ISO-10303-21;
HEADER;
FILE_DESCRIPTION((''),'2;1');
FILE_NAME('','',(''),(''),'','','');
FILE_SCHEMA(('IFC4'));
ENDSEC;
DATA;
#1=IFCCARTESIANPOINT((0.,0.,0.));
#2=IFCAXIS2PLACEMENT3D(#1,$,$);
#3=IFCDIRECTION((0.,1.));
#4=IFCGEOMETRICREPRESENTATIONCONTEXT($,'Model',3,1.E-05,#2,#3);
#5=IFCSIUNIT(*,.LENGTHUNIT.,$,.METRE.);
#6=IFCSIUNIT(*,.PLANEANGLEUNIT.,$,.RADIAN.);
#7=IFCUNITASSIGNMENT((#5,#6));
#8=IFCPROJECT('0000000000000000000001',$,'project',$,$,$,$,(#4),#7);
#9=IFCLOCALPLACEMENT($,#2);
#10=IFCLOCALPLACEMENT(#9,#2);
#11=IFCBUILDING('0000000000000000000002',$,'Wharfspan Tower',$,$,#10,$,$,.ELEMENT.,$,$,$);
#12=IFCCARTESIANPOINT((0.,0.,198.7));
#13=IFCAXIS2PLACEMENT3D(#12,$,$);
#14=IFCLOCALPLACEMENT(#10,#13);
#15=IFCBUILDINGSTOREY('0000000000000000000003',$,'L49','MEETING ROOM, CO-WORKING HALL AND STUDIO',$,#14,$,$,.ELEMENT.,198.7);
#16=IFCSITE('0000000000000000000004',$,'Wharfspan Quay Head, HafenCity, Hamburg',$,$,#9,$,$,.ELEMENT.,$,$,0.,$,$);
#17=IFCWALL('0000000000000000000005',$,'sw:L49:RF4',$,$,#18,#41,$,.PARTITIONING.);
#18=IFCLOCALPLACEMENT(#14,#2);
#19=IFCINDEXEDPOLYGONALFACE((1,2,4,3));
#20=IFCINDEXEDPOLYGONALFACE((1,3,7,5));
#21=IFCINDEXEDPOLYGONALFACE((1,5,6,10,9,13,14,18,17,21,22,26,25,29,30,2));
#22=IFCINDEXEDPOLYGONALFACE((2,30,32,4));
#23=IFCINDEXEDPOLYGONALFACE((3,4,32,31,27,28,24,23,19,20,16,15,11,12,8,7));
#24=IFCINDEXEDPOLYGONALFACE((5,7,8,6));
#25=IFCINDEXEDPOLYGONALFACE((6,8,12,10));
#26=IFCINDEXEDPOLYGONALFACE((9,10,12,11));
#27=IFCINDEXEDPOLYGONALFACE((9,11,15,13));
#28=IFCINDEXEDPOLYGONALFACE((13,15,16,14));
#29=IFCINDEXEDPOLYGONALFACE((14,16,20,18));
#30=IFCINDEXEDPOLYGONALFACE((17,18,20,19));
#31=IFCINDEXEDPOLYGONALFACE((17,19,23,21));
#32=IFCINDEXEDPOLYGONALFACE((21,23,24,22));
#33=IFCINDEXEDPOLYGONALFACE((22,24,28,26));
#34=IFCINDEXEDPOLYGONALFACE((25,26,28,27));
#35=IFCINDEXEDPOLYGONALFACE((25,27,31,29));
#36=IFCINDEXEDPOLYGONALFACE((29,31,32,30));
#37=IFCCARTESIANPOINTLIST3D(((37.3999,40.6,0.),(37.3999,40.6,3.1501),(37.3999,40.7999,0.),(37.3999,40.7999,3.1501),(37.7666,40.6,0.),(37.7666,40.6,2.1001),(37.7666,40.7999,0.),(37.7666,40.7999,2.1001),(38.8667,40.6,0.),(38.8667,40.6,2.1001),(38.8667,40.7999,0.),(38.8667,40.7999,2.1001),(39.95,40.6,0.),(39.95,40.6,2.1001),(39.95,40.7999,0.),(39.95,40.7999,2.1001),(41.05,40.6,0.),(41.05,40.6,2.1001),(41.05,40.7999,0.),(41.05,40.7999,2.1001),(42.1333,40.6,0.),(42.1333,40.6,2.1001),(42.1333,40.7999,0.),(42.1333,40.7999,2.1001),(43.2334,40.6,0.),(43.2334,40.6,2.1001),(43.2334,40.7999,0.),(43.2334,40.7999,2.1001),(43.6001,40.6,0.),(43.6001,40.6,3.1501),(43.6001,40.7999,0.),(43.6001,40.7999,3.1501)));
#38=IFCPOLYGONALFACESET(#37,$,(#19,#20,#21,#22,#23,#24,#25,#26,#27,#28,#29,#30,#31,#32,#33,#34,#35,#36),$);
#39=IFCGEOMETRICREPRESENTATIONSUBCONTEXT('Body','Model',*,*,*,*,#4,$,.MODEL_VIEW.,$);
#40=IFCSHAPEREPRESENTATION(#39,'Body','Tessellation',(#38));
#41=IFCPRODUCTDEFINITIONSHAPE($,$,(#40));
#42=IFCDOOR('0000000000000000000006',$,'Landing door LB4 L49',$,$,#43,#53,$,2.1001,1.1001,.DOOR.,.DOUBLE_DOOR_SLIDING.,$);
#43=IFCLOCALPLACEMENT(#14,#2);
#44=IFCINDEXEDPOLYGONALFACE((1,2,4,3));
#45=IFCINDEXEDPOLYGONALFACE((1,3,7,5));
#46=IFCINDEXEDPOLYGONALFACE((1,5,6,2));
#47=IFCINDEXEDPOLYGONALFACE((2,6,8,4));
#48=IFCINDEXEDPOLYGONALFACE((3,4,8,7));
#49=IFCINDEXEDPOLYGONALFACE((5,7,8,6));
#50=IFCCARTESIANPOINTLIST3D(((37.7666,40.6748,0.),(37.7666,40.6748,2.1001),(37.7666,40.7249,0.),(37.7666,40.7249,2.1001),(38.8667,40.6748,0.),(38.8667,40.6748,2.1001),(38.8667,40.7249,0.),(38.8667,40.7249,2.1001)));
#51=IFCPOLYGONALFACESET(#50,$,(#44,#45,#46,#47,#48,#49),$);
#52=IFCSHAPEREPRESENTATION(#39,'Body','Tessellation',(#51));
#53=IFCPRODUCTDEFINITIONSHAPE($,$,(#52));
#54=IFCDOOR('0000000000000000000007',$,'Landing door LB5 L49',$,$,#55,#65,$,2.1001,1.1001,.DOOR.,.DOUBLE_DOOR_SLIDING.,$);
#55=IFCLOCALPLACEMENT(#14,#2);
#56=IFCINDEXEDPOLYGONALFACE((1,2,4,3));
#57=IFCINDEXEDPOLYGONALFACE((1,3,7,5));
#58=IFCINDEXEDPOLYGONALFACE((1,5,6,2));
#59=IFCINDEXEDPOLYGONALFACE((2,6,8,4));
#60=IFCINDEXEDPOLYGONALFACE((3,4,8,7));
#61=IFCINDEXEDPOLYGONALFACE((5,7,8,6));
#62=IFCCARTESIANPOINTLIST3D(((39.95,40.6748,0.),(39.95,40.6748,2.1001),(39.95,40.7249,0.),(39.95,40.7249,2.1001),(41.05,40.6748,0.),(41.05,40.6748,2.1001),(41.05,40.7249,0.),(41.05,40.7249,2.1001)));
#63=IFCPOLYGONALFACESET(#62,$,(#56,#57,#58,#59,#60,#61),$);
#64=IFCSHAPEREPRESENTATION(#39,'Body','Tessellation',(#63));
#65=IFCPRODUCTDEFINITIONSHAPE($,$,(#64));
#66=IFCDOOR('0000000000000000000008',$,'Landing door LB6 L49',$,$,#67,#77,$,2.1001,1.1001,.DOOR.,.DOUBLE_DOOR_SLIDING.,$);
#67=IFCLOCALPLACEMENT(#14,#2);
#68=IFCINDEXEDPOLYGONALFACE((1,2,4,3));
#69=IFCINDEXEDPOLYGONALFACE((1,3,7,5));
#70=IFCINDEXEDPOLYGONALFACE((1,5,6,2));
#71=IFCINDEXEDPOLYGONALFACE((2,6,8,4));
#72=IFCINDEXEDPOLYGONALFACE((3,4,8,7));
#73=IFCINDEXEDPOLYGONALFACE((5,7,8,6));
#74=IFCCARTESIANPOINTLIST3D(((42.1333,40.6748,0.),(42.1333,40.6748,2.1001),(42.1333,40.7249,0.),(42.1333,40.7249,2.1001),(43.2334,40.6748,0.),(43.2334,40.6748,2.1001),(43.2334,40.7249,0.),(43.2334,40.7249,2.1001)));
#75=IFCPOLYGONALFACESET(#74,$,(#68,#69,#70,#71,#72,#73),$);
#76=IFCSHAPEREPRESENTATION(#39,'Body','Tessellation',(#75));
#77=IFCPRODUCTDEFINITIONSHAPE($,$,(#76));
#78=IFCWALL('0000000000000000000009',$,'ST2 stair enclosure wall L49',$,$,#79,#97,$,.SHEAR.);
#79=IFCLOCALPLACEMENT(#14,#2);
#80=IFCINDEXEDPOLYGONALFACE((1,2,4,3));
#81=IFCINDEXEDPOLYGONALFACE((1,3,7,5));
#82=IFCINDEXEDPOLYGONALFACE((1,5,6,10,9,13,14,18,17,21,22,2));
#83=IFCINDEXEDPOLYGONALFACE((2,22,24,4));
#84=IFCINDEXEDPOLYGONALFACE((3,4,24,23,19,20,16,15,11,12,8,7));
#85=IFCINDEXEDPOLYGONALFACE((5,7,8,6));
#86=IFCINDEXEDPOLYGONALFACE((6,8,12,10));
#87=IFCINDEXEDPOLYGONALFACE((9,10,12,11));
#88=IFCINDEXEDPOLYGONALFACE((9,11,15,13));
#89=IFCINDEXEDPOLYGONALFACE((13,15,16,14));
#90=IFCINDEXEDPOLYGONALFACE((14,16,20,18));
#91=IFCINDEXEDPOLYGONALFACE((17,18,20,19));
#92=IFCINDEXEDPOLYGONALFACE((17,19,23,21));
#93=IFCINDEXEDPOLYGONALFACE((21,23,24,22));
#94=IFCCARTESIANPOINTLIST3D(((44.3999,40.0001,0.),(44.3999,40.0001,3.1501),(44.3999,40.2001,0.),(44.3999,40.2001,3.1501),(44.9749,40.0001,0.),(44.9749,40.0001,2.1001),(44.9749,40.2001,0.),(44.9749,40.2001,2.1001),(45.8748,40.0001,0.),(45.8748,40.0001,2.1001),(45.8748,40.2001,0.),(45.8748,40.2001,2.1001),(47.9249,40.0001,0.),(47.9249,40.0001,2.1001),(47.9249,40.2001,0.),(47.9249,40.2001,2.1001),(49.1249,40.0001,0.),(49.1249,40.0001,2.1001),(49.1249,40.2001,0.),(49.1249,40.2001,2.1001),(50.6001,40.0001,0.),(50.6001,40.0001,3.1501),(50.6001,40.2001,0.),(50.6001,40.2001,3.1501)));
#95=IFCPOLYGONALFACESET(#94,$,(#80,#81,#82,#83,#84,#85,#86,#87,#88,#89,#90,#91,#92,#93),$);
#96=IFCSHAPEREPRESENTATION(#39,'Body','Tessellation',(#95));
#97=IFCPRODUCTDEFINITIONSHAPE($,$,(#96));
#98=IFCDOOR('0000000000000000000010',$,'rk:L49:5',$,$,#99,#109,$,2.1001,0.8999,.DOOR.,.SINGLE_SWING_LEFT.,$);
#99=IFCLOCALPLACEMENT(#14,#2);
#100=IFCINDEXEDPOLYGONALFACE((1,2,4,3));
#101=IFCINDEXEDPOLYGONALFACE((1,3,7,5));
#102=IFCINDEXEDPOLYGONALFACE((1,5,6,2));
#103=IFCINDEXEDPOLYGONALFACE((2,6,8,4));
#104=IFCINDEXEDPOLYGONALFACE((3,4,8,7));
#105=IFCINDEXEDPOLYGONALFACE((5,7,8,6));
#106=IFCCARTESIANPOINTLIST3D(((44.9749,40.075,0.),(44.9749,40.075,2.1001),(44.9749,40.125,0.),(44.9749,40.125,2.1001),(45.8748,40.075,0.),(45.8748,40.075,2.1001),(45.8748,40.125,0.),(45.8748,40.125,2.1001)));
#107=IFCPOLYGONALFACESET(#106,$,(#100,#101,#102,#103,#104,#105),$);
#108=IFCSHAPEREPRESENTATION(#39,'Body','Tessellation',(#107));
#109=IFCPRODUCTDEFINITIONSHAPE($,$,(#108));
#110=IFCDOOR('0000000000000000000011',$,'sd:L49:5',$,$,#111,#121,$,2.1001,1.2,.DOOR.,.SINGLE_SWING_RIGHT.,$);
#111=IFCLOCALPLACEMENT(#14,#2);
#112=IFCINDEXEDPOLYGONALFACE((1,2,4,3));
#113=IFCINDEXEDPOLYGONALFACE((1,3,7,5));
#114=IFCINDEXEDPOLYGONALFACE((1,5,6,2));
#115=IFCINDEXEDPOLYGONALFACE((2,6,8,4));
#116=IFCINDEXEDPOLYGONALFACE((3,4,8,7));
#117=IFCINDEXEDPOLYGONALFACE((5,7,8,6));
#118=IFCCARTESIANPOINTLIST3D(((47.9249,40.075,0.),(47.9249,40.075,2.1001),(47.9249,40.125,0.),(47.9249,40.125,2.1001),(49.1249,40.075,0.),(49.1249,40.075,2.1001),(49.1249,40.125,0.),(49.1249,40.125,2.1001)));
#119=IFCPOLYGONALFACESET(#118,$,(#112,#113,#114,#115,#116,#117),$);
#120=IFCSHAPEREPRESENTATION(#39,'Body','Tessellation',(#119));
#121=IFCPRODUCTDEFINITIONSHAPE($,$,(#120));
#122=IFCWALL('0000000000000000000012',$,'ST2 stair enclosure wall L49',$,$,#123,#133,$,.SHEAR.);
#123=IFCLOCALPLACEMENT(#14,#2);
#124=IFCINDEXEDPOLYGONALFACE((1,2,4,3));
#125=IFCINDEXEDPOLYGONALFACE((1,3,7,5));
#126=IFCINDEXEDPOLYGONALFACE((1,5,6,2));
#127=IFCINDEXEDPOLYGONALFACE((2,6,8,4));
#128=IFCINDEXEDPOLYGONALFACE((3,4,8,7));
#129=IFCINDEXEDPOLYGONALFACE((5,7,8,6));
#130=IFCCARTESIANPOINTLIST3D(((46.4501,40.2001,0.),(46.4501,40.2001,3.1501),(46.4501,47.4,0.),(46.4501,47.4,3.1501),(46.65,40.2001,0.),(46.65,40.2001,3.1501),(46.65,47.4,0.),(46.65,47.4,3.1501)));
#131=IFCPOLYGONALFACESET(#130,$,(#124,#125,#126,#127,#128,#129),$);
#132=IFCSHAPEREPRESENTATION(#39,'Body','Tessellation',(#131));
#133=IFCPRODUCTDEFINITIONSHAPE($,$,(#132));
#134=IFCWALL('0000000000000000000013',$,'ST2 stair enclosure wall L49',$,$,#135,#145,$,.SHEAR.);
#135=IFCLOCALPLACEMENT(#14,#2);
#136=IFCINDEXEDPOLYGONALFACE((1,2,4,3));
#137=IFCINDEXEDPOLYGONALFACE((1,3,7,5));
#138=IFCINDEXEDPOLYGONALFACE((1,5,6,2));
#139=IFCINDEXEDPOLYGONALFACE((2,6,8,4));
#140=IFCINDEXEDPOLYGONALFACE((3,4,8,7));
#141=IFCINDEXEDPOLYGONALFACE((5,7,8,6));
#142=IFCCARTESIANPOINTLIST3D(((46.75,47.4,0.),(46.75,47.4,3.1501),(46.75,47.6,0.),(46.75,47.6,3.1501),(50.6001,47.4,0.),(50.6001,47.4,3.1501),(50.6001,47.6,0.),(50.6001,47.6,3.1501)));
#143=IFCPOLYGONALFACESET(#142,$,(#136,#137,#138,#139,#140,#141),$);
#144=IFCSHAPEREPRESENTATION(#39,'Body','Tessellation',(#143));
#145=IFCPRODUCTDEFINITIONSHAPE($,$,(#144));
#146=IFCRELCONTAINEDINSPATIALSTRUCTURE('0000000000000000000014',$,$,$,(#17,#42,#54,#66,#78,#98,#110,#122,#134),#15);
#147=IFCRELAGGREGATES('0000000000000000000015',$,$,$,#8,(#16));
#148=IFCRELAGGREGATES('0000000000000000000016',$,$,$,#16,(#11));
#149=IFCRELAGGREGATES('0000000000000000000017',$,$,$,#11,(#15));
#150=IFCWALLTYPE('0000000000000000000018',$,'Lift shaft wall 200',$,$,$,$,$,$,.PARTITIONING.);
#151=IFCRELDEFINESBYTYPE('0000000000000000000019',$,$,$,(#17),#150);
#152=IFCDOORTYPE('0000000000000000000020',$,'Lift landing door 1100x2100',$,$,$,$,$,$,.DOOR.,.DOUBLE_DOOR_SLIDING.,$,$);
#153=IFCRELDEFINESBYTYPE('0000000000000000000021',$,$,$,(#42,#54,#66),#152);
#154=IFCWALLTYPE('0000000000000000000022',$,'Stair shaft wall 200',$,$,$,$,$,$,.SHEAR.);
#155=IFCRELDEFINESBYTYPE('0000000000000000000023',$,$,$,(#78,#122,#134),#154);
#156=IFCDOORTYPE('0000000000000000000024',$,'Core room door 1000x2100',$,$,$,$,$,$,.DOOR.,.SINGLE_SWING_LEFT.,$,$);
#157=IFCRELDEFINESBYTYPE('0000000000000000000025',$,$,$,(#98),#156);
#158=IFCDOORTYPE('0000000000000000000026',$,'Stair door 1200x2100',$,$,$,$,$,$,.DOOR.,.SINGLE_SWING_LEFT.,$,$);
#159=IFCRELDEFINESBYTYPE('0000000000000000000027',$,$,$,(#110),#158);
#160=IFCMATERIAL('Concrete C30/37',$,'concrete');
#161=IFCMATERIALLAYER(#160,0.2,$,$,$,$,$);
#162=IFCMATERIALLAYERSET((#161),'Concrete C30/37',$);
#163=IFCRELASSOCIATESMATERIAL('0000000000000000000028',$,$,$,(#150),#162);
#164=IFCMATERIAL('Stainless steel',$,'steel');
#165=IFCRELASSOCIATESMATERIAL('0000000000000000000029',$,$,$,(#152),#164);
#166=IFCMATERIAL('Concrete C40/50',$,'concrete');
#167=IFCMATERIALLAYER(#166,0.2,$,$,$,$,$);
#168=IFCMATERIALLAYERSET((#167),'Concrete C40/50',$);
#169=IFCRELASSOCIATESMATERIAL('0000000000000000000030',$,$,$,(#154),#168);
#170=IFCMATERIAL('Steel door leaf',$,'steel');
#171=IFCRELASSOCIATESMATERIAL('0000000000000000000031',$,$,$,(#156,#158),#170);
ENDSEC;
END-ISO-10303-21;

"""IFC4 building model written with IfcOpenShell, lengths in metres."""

from ifc_helpers import new_model, si_unit, direction, frame, frame_2d, origin, place, context, subcontext, project, spatial, rectangle, extrude, material, layer, layer_set, type_object, element, fill, save


model = new_model("IFC4")

# Units and contexts
model_context = context("Model", 3, precision=1e-05, world=origin(), true_north=direction((0.0, 1.0)))
body_context = subcontext(model_context, "Body", "Model", "MODEL_VIEW")
ifc_project = project(units=[si_unit("LENGTHUNIT", "METRE"), si_unit("PLANEANGLEUNIT", "RADIAN")], contexts=[model_context])

# Site, building, storey
site_placement = place(None, origin())
site = spatial("IfcSite", under=ifc_project, at=site_placement, Name="Wharfspan Quay Head, HafenCity, Hamburg", CompositionType="ELEMENT", RefElevation=0.0)
building_placement = place(site_placement, origin())
building = spatial("IfcBuilding", under=site, at=building_placement, Name="Wharfspan Tower", CompositionType="ELEMENT")
storey_placement = place(building_placement, frame((0.0, 0.0, 198.7)))
storey = spatial("IfcBuildingStorey", under=building, at=storey_placement, Name="L49", Description="MEETING ROOM, CO-WORKING HALL AND STUDIO", CompositionType="ELEMENT", Elevation=198.7)

# Walls, openings, doors
ifc_material_1 = material(Name="Concrete C30/37", Category="concrete")
ifc_layer_1 = layer(ifc_material_1, 0.2)
ifc_layer_set_1 = layer_set([ifc_layer_1], Name="Concrete C30/37")
wall_type_1 = type_object("IfcWallType", Name="Lift shaft wall 200", PredefinedType="PARTITIONING", material=ifc_layer_set_1)
wall_1_placement = place(storey_placement, frame((37.3999, 40.7, 0.0), z_axis=(0.0, 0.0, 1.0), x_axis=(1.0, 0.0, 0.0)))
wall_1 = element("IfcWall", 1, at=wall_1_placement, inside=storey, type_object=wall_type_1, Name="sw:L49:RF4", PredefinedType="PARTITIONING", context=body_context, shape_type="SweptSolid", body=[
    extrude(rectangle(XDim=6.2002, YDim=0.2, at=frame_2d((3.1001, 0.0))), origin(), (0.0, 0.0, 1.0), 3.1501),
])
opening_1_placement = place(wall_1_placement, frame((0.3667, 0.0, 0.0)))
opening_1 = element("IfcOpeningElement", 2, at=opening_1_placement, cuts=wall_1, PredefinedType="OPENING", context=body_context, shape_type="SweptSolid", body=[
    extrude(rectangle(XDim=1.1001, YDim=2.1001, at=frame_2d((0.55, 1.05))), frame((0.0, 0.1099, 0.0), z_axis=(0.0, -1.0, 0.0), x_axis=(1.0, 0.0, 0.0)), (0.0, 0.0, 1.0), 0.22),
])
opening_2_placement = place(wall_1_placement, frame((2.55, 0.0, 0.0)))
opening_2 = element("IfcOpeningElement", 3, at=opening_2_placement, cuts=wall_1, PredefinedType="OPENING", context=body_context, shape_type="SweptSolid", body=[
    extrude(rectangle(XDim=1.1001, YDim=2.1001, at=frame_2d((0.55, 1.05))), frame((0.0, 0.1099, 0.0), z_axis=(0.0, -1.0, 0.0), x_axis=(1.0, 0.0, 0.0)), (0.0, 0.0, 1.0), 0.22),
])
opening_3_placement = place(wall_1_placement, frame((4.7334, 0.0, 0.0)))
opening_3 = element("IfcOpeningElement", 4, at=opening_3_placement, cuts=wall_1, PredefinedType="OPENING", context=body_context, shape_type="SweptSolid", body=[
    extrude(rectangle(XDim=1.1001, YDim=2.1001, at=frame_2d((0.55, 1.05))), frame((0.0, 0.1099, 0.0), z_axis=(0.0, -1.0, 0.0), x_axis=(1.0, 0.0, 0.0)), (0.0, 0.0, 1.0), 0.22),
])
ifc_material_2 = material(Name="Stainless steel", Category="steel")
door_type_1 = type_object("IfcDoorType", Name="Lift landing door 1100x2100", OperationType="DOUBLE_DOOR_SLIDING", PredefinedType="DOOR", material=ifc_material_2)
door_1_placement = place(opening_1_placement, origin())
door_1 = element("IfcDoor", 5, at=door_1_placement, inside=storey, type_object=door_type_1, Name="Landing door LB4 L49", OperationType="DOUBLE_DOOR_SLIDING", OverallHeight=2.1001, OverallWidth=1.1001, PredefinedType="DOOR", context=body_context, shape_type="SweptSolid", body=[
    extrude(rectangle(XDim=1.1001, YDim=2.1001, at=frame_2d((0.55, 1.05))), frame((0.0, 0.0249, 0.0), z_axis=(0.0, -1.0, 0.0), x_axis=(1.0, 0.0, 0.0)), (0.0, 0.0, 1.0), 0.05),
])
fill(opening_1, door_1)
door_2_placement = place(opening_2_placement, origin())
door_2 = element("IfcDoor", 6, at=door_2_placement, inside=storey, type_object=door_type_1, Name="Landing door LB5 L49", OperationType="DOUBLE_DOOR_SLIDING", OverallHeight=2.1001, OverallWidth=1.1001, PredefinedType="DOOR", context=body_context, shape_type="SweptSolid", body=[
    extrude(rectangle(XDim=1.1001, YDim=2.1001, at=frame_2d((0.55, 1.05))), frame((0.0, 0.0249, 0.0), z_axis=(0.0, -1.0, 0.0), x_axis=(1.0, 0.0, 0.0)), (0.0, 0.0, 1.0), 0.05),
])
fill(opening_2, door_2)
door_3_placement = place(opening_3_placement, origin())
door_3 = element("IfcDoor", 7, at=door_3_placement, inside=storey, type_object=door_type_1, Name="Landing door LB6 L49", OperationType="DOUBLE_DOOR_SLIDING", OverallHeight=2.1001, OverallWidth=1.1001, PredefinedType="DOOR", context=body_context, shape_type="SweptSolid", body=[
    extrude(rectangle(XDim=1.1001, YDim=2.1001, at=frame_2d((0.55, 1.05))), frame((0.0, 0.0249, 0.0), z_axis=(0.0, -1.0, 0.0), x_axis=(1.0, 0.0, 0.0)), (0.0, 0.0, 1.0), 0.05),
])
fill(opening_3, door_3)
ifc_material_3 = material(Name="Concrete C40/50", Category="concrete")
ifc_layer_2 = layer(ifc_material_3, 0.2)
ifc_layer_set_2 = layer_set([ifc_layer_2], Name="Concrete C40/50")
wall_type_2 = type_object("IfcWallType", Name="Stair shaft wall 200", PredefinedType="SHEAR", material=ifc_layer_set_2)
wall_2_placement = place(storey_placement, frame((44.3999, 40.1001, 0.0), z_axis=(0.0, 0.0, 1.0), x_axis=(1.0, 0.0, 0.0)))
wall_2 = element("IfcWall", 8, at=wall_2_placement, inside=storey, type_object=wall_type_2, Name="ST2 stair enclosure wall L49", PredefinedType="SHEAR", context=body_context, shape_type="SweptSolid", body=[
    extrude(rectangle(XDim=6.2002, YDim=0.2, at=frame_2d((3.1001, 0.0))), origin(), (0.0, 0.0, 1.0), 3.1501),
])
opening_4_placement = place(wall_2_placement, frame((3.5249, 0.0, 0.0)))
opening_4 = element("IfcOpeningElement", 9, at=opening_4_placement, cuts=wall_2, PredefinedType="OPENING", context=body_context, shape_type="SweptSolid", body=[
    extrude(rectangle(XDim=1.2, YDim=2.1001, at=frame_2d((0.6001, 1.05))), frame((0.0, 0.1099, 0.0), z_axis=(0.0, -1.0, 0.0), x_axis=(1.0, 0.0, 0.0)), (0.0, 0.0, 1.0), 0.22),
])
opening_5_placement = place(wall_2_placement, frame((0.575, 0.0, 0.0)))
opening_5 = element("IfcOpeningElement", 10, at=opening_5_placement, cuts=wall_2, PredefinedType="OPENING", context=body_context, shape_type="SweptSolid", body=[
    extrude(rectangle(XDim=0.8999, YDim=2.1001, at=frame_2d((0.45, 1.05))), frame((0.0, 0.1099, 0.0), z_axis=(0.0, -1.0, 0.0), x_axis=(1.0, 0.0, 0.0)), (0.0, 0.0, 1.0), 0.22),
])
ifc_material_4 = material(Name="Steel door leaf", Category="steel")
door_type_2 = type_object("IfcDoorType", Name="Core room door 1000x2100", OperationType="SINGLE_SWING_LEFT", PredefinedType="DOOR", material=ifc_material_4)
door_4_placement = place(opening_5_placement, origin())
door_4 = element("IfcDoor", 11, at=door_4_placement, inside=storey, type_object=door_type_2, Name="rk:L49:5", OperationType="SINGLE_SWING_LEFT", OverallHeight=2.1001, OverallWidth=0.8999, PredefinedType="DOOR", context=body_context, shape_type="SweptSolid", body=[
    extrude(rectangle(XDim=0.8999, YDim=2.1001, at=frame_2d((0.45, 1.05))), frame((0.0, 0.0249, 0.0), z_axis=(0.0, -1.0, 0.0), x_axis=(1.0, 0.0, 0.0)), (0.0, 0.0, 1.0), 0.05),
])
fill(opening_5, door_4)
door_type_3 = type_object("IfcDoorType", Name="Stair door 1200x2100", OperationType="SINGLE_SWING_LEFT", PredefinedType="DOOR", material=ifc_material_4)
door_5_placement = place(opening_4_placement, origin())
door_5 = element("IfcDoor", 12, at=door_5_placement, inside=storey, type_object=door_type_3, Name="sd:L49:5", OperationType="SINGLE_SWING_RIGHT", OverallHeight=2.1001, OverallWidth=1.2, PredefinedType="DOOR", context=body_context, shape_type="SweptSolid", body=[
    extrude(rectangle(XDim=1.2, YDim=2.1001, at=frame_2d((0.6001, 1.05))), frame((0.0, 0.0249, 0.0), z_axis=(0.0, -1.0, 0.0), x_axis=(1.0, 0.0, 0.0)), (0.0, 0.0, 1.0), 0.05),
])
fill(opening_4, door_5)

# Walls
wall_3_placement = place(storey_placement, frame((46.55, 40.2, 0.0), z_axis=(0.0, 0.0, 1.0), x_axis=(0.0, 1.0, 0.0)))
element("IfcWall", 13, at=wall_3_placement, inside=storey, type_object=wall_type_2, Name="ST2 stair enclosure wall L49", PredefinedType="SHEAR", context=body_context, shape_type="SweptSolid", body=[
    extrude(rectangle(XDim=7.2, YDim=0.2, at=frame_2d((3.6001, 0.0))), origin(), (0.0, 0.0, 1.0), 3.1501),
])
wall_4_placement = place(storey_placement, frame((46.75, 47.5, 0.0), z_axis=(0.0, 0.0, 1.0), x_axis=(1.0, 0.0, 0.0)))
element("IfcWall", 14, at=wall_4_placement, inside=storey, type_object=wall_type_2, Name="ST2 stair enclosure wall L49", PredefinedType="SHEAR", context=body_context, shape_type="SweptSolid", body=[
    extrude(rectangle(XDim=3.8501, YDim=0.2, at=frame_2d((1.925, 0.0))), origin(), (0.0, 0.0, 1.0), 3.1501),
])

save(model, "model.ifc")
